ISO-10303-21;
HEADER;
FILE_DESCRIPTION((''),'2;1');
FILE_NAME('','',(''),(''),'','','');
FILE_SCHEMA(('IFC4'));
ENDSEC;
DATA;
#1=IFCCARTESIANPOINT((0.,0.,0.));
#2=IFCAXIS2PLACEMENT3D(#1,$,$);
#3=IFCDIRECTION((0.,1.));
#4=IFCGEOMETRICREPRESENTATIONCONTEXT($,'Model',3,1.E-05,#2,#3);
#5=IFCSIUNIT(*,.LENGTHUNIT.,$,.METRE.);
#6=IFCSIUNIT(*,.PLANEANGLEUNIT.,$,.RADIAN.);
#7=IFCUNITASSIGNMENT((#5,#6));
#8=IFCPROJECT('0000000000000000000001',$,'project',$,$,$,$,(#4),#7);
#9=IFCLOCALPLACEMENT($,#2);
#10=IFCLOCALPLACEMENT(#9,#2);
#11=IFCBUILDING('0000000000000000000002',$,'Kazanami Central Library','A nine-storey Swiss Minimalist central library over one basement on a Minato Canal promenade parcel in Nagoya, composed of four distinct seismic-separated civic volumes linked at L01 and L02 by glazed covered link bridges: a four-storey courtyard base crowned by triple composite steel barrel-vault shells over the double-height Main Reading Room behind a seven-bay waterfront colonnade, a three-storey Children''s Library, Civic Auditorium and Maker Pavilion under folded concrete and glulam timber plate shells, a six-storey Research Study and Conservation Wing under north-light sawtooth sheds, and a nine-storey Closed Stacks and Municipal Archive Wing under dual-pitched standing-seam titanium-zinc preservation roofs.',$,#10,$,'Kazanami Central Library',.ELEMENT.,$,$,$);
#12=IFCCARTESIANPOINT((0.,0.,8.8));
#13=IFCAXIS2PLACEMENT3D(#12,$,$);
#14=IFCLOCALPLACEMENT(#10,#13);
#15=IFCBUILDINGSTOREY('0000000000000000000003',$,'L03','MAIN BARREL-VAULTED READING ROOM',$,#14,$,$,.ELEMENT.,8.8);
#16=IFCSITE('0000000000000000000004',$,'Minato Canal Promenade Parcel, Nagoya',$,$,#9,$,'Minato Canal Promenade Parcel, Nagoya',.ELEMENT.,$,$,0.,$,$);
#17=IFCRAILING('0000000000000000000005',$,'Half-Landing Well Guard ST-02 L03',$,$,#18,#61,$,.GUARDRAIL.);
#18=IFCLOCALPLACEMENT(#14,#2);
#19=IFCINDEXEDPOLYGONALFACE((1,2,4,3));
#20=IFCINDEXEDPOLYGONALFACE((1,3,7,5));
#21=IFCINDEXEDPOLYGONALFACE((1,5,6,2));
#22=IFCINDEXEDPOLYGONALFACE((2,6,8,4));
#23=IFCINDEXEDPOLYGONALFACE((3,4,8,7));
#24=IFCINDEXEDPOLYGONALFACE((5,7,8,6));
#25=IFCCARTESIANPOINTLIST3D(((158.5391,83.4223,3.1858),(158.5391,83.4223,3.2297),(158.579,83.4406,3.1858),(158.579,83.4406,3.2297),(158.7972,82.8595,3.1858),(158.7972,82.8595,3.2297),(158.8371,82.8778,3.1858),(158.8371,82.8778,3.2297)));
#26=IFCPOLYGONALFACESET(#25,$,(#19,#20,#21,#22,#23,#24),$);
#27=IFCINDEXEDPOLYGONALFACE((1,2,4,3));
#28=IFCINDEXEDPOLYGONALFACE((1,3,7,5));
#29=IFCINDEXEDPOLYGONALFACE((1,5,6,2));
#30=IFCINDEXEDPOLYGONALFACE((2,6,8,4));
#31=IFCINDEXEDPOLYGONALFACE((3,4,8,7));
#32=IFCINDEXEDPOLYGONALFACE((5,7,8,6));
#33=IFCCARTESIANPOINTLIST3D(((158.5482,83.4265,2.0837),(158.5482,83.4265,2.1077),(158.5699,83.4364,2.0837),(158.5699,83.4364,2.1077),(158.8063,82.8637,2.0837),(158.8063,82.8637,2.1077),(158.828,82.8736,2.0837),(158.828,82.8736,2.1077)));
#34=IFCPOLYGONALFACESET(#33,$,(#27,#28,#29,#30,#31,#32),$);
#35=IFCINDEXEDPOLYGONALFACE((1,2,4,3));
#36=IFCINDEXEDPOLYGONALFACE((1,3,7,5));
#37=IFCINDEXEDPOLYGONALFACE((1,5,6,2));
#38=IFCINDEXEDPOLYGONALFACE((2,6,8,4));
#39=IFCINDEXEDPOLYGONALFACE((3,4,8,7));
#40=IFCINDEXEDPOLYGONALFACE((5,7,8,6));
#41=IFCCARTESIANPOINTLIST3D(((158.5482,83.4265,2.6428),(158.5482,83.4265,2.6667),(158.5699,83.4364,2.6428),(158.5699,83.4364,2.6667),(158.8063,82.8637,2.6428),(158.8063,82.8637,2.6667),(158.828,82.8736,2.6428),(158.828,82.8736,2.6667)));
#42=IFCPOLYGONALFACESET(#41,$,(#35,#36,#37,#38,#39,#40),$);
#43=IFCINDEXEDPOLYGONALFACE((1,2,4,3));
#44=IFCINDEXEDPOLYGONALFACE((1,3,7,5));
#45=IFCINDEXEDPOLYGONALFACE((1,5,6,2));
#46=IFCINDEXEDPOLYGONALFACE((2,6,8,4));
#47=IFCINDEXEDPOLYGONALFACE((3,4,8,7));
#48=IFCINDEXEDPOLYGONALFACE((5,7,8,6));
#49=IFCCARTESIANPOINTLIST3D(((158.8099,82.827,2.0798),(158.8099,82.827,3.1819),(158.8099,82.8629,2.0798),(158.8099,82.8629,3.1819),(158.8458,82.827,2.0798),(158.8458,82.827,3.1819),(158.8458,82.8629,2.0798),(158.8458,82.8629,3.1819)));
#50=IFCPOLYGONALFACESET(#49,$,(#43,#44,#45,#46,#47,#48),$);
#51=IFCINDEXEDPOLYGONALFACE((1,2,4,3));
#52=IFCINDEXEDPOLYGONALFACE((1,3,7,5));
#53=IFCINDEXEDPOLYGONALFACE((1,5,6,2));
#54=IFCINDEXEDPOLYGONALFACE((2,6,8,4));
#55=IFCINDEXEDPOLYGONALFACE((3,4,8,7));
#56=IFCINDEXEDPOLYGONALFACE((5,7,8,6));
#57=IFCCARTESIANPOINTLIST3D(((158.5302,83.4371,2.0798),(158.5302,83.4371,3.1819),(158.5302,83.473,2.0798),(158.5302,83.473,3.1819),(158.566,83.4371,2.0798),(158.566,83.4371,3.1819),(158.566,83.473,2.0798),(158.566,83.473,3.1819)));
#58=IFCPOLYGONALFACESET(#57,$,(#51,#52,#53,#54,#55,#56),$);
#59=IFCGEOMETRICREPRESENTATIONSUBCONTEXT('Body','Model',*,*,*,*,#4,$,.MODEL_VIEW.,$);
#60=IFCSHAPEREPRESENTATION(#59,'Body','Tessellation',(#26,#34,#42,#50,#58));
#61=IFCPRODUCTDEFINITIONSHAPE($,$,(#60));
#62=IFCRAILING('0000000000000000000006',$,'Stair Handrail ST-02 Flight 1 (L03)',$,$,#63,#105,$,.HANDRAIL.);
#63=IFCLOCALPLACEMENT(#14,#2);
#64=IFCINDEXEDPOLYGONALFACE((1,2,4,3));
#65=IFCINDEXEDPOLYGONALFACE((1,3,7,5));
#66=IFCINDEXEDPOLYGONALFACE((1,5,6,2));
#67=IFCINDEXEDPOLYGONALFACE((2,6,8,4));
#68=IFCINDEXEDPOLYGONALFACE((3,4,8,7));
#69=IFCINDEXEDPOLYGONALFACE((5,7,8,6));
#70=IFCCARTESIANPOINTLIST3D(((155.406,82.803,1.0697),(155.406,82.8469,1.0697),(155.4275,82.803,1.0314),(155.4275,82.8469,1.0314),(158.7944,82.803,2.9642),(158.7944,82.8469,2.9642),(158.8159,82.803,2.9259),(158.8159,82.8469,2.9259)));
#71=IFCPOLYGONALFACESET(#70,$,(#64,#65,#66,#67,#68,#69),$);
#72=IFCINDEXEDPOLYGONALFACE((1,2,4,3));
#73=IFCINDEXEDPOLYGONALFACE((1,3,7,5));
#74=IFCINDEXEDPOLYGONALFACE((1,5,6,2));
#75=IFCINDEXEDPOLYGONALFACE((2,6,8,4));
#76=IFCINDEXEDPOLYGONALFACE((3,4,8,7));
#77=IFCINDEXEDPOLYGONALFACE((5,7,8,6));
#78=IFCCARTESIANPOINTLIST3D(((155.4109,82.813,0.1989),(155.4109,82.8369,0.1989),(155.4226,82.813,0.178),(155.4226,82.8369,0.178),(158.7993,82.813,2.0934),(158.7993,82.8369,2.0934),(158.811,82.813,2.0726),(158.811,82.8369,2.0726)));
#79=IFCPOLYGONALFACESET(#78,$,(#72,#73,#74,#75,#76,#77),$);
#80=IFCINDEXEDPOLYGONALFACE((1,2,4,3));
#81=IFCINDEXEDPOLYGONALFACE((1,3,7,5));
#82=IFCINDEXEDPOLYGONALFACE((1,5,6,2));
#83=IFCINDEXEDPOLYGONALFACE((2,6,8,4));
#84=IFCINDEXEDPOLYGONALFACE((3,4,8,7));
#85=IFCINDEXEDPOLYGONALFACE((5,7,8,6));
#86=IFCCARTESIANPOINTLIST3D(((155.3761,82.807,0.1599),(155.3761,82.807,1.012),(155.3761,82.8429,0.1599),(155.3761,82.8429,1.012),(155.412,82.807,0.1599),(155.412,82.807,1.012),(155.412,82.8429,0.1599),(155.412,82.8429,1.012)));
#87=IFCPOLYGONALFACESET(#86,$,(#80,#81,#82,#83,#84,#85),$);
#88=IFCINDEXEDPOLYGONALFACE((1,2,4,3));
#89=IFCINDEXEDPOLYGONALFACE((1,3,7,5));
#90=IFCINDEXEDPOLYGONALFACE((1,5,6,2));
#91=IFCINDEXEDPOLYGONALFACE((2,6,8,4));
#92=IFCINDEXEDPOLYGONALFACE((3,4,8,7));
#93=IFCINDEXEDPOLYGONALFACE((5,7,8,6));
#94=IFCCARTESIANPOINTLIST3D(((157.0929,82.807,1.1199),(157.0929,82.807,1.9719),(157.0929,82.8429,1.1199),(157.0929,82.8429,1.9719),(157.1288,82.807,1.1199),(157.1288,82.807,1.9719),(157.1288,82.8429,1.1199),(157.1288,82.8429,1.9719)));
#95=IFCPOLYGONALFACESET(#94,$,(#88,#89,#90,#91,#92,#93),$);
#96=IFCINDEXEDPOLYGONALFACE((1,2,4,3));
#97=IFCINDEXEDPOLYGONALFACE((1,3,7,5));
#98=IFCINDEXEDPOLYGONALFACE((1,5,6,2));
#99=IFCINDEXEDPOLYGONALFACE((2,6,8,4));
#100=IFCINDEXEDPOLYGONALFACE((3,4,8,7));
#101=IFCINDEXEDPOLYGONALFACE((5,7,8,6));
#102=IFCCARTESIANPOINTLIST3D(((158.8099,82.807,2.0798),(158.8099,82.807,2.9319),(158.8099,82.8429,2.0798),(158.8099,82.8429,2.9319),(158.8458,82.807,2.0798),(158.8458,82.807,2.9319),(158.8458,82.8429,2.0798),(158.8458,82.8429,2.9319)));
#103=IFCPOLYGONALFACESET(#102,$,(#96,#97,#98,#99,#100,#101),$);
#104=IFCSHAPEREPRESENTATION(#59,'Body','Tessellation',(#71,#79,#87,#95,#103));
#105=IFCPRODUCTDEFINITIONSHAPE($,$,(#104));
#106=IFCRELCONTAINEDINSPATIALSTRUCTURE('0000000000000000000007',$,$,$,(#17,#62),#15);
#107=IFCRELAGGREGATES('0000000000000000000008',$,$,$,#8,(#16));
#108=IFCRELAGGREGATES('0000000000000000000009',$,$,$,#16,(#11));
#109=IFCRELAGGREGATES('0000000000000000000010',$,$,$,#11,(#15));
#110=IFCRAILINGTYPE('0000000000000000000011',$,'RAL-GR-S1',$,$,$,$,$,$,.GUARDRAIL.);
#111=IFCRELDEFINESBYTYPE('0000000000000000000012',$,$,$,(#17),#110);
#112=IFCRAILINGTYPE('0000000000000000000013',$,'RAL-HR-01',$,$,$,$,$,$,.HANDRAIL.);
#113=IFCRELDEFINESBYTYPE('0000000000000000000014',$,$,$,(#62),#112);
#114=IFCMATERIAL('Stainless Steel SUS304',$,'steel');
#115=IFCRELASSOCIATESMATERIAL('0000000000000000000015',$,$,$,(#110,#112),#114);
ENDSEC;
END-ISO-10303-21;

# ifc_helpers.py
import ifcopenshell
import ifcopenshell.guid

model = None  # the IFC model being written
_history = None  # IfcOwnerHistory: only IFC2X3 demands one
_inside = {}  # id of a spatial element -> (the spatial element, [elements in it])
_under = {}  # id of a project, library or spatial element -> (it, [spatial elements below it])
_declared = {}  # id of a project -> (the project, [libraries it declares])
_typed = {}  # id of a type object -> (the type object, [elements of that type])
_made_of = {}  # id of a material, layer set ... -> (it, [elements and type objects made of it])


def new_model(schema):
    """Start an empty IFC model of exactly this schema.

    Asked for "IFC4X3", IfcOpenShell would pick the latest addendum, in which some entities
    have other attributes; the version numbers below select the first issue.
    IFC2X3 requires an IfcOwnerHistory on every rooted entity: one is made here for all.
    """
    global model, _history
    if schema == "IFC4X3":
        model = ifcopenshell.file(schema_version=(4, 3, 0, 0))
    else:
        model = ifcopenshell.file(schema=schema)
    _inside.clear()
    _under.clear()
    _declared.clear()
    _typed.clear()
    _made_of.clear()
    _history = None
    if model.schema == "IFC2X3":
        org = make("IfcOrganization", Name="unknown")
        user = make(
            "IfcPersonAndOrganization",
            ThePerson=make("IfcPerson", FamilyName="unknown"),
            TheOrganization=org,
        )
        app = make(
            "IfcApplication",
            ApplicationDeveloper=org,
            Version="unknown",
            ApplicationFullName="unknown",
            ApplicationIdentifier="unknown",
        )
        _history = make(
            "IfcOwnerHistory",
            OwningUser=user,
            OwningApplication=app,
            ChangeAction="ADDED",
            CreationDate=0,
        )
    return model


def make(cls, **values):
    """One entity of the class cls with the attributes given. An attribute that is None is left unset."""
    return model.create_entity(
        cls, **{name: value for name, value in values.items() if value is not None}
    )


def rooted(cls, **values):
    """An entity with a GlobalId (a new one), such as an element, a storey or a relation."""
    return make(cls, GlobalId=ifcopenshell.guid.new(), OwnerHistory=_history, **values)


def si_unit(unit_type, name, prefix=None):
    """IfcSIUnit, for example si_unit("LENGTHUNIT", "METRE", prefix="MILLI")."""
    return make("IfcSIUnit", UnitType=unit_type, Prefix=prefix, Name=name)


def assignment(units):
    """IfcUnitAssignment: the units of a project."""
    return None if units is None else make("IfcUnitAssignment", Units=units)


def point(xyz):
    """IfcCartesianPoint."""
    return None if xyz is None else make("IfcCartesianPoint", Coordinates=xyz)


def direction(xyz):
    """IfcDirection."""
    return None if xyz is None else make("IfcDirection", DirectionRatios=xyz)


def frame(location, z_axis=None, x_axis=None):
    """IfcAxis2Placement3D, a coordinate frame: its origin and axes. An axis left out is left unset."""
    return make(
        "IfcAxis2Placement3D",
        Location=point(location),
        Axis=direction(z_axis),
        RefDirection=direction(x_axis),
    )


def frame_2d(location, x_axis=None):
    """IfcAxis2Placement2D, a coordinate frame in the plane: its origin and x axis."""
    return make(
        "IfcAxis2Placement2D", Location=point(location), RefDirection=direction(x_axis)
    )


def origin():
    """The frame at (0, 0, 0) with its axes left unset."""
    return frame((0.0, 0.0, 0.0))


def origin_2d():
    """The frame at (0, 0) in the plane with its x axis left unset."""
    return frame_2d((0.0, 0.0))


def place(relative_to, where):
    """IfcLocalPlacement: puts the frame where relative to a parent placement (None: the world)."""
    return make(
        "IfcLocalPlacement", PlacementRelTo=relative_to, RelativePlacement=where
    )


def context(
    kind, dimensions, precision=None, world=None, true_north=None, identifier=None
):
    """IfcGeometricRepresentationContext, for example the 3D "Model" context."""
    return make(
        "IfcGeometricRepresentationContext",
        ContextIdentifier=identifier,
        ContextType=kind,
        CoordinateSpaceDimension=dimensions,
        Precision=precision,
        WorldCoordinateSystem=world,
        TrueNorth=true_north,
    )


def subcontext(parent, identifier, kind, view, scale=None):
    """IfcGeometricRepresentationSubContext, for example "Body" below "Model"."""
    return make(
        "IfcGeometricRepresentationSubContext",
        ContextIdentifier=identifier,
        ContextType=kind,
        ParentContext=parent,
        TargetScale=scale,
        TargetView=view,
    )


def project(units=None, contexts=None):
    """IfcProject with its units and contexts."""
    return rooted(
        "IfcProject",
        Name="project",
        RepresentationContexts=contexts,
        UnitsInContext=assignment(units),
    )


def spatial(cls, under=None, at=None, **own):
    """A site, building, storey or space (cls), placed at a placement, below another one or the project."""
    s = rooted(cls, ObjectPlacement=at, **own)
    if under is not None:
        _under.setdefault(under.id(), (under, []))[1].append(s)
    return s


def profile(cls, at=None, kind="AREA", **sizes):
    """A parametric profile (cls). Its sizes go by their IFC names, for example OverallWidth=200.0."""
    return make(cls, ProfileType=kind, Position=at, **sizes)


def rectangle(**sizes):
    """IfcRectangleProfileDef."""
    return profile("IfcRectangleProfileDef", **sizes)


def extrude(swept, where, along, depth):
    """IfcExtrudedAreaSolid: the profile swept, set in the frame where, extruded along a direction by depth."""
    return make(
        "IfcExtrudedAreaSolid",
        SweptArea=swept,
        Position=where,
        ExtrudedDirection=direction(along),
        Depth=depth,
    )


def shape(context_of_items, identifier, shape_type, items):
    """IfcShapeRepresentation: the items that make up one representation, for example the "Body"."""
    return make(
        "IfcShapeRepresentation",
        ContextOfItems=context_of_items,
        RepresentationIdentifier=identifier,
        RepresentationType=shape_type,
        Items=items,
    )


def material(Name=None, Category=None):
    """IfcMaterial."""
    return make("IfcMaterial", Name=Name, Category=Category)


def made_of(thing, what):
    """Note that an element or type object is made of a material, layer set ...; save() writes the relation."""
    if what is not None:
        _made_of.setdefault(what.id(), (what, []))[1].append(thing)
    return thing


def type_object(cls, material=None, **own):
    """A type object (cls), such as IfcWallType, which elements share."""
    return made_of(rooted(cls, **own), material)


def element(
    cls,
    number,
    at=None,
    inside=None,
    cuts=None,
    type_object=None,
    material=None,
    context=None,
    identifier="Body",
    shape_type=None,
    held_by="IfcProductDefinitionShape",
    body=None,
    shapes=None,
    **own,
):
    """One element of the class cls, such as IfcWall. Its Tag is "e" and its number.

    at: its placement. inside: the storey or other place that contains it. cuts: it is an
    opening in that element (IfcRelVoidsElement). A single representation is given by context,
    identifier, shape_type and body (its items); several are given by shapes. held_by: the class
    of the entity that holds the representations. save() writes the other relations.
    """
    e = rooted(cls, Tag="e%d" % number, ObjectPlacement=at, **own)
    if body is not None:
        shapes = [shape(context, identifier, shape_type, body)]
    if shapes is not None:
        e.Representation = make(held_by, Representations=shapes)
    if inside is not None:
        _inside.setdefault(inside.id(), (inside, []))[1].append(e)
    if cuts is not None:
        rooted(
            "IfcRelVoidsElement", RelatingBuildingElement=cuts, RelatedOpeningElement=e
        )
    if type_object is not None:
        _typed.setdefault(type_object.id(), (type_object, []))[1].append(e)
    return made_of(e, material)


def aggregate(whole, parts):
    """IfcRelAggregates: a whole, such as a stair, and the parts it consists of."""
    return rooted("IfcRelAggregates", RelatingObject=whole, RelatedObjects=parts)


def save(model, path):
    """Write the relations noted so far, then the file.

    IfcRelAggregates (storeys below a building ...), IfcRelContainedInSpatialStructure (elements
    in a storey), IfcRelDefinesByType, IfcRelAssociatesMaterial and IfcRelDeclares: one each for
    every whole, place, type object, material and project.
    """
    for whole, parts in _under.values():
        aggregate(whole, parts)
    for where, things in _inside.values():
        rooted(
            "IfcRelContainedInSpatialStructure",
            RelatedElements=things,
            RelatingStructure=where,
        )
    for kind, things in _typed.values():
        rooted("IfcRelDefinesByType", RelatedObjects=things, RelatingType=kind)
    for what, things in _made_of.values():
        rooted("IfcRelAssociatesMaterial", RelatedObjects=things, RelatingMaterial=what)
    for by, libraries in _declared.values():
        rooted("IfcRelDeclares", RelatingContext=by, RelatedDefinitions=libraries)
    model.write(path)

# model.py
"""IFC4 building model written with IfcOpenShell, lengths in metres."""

from ifc_helpers import new_model, si_unit, direction, frame, origin, origin_2d, place, context, subcontext, project, spatial, rectangle, extrude, material, type_object, element, save


model = new_model("IFC4")

# Units and contexts
model_context = context("Model", 3, precision=1e-05, world=origin(), true_north=direction((0.0, 1.0)))
body_context = subcontext(model_context, "Body", "Model", "MODEL_VIEW")
ifc_project = project(units=[si_unit("LENGTHUNIT", "METRE"), si_unit("PLANEANGLEUNIT", "RADIAN")], contexts=[model_context])

# Site, building, storey
site_placement = place(None, origin())
site = spatial("IfcSite", under=ifc_project, at=site_placement, Name="Minato Canal Promenade Parcel, Nagoya", LongName="Minato Canal Promenade Parcel, Nagoya", CompositionType="ELEMENT", RefElevation=0.0)
building_placement = place(site_placement, origin())
building = spatial("IfcBuilding", under=site, at=building_placement, Name="Kazanami Central Library", Description="A nine-storey Swiss Minimalist central library over one basement on a Minato Canal promenade parcel in Nagoya, composed of four distinct seismic-separated civic volumes linked at L01 and L02 by glazed covered link bridges: a four-storey courtyard base crowned by triple composite steel barrel-vault shells over the double-height Main Reading Room behind a seven-bay waterfront colonnade, a three-storey Children's Library, Civic Auditorium and Maker Pavilion under folded concrete and glulam timber plate shells, a six-storey Research Study and Conservation Wing under north-light sawtooth sheds, and a nine-storey Closed Stacks and Municipal Archive Wing under dual-pitched standing-seam titanium-zinc preservation roofs.", LongName="Kazanami Central Library", CompositionType="ELEMENT")
storey_placement = place(building_placement, frame((0.0, 0.0, 8.8)))
storey = spatial("IfcBuildingStorey", under=building, at=storey_placement, Name="L03", Description="MAIN BARREL-VAULTED READING ROOM", CompositionType="ELEMENT", Elevation=8.8)

# Railings
ifc_material_1 = material(Name="Stainless Steel SUS304", Category="steel")
railing_type_1 = type_object("IfcRailingType", Name="RAL-GR-S1", PredefinedType="GUARDRAIL", material=ifc_material_1)
railing_1_placement = place(storey_placement, frame((158.8279, 82.845, 2.0798)))
element("IfcRailing", 1, at=railing_1_placement, inside=storey, type_object=railing_type_1, Name="Half-Landing Well Guard ST-02 L03", PredefinedType="GUARDRAIL", context=body_context, shape_type="SweptSolid", body=[
    extrude(rectangle(XDim=0.0439, YDim=0.0439, at=origin_2d()), frame((-0.0107, 0.0237, 1.1279), z_axis=(-0.416843, 0.908979, 0.0), x_axis=(-0.908979, -0.416843, 0.0)), (0.0, 0.0, 1.0), 0.6191),
    extrude(rectangle(XDim=0.0239, YDim=0.0239, at=origin_2d()), frame((-0.0107, 0.0237, 0.0159), z_axis=(-0.416843, 0.908979, 0.0), x_axis=(-0.908979, -0.416843, 0.0)), (0.0, 0.0, 1.0), 0.6191),
    extrude(rectangle(XDim=0.0239, YDim=0.0239, at=origin_2d()), frame((-0.0107, 0.0237, 0.575), z_axis=(-0.416843, 0.908979, 0.0), x_axis=(-0.908979, -0.416843, 0.0)), (0.0, 0.0, 1.0), 0.6191),
    extrude(rectangle(XDim=0.0359, YDim=0.0359, at=origin_2d()), origin(), (0.0, 0.0, 1.0), 1.1021),
    extrude(rectangle(XDim=0.0359, YDim=0.0359, at=origin_2d()), frame((-0.2798, 0.6101, 0.0)), (0.0, 0.0, 1.0), 1.1021),
])
railing_type_2 = type_object("IfcRailingType", Name="RAL-HR-01", PredefinedType="HANDRAIL", material=ifc_material_1)
railing_2_placement = place(storey_placement, frame((155.394, 82.825, 0.1599)))
element("IfcRailing", 2, at=railing_2_placement, inside=storey, type_object=railing_type_2, Name="Stair Handrail ST-02 Flight 1 (L03)", PredefinedType="HANDRAIL", context=body_context, shape_type="SweptSolid", body=[
    extrude(rectangle(XDim=0.0439, YDim=0.0439, at=origin_2d()), frame((0.0227, 0.0, 0.8906), z_axis=(0.872834, 0.0, 0.488017), x_axis=(0.0, 1.0, 0.0)), (0.0, 0.0, 1.0), 3.8821),
    extrude(rectangle(XDim=0.0239, YDim=0.0239, at=origin_2d()), frame((0.0227, 0.0, 0.0286), z_axis=(0.872834, 0.0, 0.488017), x_axis=(0.0, 1.0, 0.0)), (0.0, 0.0, 1.0), 3.8821),
    extrude(rectangle(XDim=0.0359, YDim=0.0359, at=origin_2d()), origin(), (0.0, 0.0, 1.0), 0.8521),
    extrude(rectangle(XDim=0.0359, YDim=0.0359, at=origin_2d()), frame((1.7168, 0.0, 0.96)), (0.0, 0.0, 1.0), 0.8521),
    extrude(rectangle(XDim=0.0359, YDim=0.0359, at=origin_2d()), frame((3.4338, 0.0, 1.9199)), (0.0, 0.0, 1.0), 0.8521),
])

save(model, "model.ifc")
